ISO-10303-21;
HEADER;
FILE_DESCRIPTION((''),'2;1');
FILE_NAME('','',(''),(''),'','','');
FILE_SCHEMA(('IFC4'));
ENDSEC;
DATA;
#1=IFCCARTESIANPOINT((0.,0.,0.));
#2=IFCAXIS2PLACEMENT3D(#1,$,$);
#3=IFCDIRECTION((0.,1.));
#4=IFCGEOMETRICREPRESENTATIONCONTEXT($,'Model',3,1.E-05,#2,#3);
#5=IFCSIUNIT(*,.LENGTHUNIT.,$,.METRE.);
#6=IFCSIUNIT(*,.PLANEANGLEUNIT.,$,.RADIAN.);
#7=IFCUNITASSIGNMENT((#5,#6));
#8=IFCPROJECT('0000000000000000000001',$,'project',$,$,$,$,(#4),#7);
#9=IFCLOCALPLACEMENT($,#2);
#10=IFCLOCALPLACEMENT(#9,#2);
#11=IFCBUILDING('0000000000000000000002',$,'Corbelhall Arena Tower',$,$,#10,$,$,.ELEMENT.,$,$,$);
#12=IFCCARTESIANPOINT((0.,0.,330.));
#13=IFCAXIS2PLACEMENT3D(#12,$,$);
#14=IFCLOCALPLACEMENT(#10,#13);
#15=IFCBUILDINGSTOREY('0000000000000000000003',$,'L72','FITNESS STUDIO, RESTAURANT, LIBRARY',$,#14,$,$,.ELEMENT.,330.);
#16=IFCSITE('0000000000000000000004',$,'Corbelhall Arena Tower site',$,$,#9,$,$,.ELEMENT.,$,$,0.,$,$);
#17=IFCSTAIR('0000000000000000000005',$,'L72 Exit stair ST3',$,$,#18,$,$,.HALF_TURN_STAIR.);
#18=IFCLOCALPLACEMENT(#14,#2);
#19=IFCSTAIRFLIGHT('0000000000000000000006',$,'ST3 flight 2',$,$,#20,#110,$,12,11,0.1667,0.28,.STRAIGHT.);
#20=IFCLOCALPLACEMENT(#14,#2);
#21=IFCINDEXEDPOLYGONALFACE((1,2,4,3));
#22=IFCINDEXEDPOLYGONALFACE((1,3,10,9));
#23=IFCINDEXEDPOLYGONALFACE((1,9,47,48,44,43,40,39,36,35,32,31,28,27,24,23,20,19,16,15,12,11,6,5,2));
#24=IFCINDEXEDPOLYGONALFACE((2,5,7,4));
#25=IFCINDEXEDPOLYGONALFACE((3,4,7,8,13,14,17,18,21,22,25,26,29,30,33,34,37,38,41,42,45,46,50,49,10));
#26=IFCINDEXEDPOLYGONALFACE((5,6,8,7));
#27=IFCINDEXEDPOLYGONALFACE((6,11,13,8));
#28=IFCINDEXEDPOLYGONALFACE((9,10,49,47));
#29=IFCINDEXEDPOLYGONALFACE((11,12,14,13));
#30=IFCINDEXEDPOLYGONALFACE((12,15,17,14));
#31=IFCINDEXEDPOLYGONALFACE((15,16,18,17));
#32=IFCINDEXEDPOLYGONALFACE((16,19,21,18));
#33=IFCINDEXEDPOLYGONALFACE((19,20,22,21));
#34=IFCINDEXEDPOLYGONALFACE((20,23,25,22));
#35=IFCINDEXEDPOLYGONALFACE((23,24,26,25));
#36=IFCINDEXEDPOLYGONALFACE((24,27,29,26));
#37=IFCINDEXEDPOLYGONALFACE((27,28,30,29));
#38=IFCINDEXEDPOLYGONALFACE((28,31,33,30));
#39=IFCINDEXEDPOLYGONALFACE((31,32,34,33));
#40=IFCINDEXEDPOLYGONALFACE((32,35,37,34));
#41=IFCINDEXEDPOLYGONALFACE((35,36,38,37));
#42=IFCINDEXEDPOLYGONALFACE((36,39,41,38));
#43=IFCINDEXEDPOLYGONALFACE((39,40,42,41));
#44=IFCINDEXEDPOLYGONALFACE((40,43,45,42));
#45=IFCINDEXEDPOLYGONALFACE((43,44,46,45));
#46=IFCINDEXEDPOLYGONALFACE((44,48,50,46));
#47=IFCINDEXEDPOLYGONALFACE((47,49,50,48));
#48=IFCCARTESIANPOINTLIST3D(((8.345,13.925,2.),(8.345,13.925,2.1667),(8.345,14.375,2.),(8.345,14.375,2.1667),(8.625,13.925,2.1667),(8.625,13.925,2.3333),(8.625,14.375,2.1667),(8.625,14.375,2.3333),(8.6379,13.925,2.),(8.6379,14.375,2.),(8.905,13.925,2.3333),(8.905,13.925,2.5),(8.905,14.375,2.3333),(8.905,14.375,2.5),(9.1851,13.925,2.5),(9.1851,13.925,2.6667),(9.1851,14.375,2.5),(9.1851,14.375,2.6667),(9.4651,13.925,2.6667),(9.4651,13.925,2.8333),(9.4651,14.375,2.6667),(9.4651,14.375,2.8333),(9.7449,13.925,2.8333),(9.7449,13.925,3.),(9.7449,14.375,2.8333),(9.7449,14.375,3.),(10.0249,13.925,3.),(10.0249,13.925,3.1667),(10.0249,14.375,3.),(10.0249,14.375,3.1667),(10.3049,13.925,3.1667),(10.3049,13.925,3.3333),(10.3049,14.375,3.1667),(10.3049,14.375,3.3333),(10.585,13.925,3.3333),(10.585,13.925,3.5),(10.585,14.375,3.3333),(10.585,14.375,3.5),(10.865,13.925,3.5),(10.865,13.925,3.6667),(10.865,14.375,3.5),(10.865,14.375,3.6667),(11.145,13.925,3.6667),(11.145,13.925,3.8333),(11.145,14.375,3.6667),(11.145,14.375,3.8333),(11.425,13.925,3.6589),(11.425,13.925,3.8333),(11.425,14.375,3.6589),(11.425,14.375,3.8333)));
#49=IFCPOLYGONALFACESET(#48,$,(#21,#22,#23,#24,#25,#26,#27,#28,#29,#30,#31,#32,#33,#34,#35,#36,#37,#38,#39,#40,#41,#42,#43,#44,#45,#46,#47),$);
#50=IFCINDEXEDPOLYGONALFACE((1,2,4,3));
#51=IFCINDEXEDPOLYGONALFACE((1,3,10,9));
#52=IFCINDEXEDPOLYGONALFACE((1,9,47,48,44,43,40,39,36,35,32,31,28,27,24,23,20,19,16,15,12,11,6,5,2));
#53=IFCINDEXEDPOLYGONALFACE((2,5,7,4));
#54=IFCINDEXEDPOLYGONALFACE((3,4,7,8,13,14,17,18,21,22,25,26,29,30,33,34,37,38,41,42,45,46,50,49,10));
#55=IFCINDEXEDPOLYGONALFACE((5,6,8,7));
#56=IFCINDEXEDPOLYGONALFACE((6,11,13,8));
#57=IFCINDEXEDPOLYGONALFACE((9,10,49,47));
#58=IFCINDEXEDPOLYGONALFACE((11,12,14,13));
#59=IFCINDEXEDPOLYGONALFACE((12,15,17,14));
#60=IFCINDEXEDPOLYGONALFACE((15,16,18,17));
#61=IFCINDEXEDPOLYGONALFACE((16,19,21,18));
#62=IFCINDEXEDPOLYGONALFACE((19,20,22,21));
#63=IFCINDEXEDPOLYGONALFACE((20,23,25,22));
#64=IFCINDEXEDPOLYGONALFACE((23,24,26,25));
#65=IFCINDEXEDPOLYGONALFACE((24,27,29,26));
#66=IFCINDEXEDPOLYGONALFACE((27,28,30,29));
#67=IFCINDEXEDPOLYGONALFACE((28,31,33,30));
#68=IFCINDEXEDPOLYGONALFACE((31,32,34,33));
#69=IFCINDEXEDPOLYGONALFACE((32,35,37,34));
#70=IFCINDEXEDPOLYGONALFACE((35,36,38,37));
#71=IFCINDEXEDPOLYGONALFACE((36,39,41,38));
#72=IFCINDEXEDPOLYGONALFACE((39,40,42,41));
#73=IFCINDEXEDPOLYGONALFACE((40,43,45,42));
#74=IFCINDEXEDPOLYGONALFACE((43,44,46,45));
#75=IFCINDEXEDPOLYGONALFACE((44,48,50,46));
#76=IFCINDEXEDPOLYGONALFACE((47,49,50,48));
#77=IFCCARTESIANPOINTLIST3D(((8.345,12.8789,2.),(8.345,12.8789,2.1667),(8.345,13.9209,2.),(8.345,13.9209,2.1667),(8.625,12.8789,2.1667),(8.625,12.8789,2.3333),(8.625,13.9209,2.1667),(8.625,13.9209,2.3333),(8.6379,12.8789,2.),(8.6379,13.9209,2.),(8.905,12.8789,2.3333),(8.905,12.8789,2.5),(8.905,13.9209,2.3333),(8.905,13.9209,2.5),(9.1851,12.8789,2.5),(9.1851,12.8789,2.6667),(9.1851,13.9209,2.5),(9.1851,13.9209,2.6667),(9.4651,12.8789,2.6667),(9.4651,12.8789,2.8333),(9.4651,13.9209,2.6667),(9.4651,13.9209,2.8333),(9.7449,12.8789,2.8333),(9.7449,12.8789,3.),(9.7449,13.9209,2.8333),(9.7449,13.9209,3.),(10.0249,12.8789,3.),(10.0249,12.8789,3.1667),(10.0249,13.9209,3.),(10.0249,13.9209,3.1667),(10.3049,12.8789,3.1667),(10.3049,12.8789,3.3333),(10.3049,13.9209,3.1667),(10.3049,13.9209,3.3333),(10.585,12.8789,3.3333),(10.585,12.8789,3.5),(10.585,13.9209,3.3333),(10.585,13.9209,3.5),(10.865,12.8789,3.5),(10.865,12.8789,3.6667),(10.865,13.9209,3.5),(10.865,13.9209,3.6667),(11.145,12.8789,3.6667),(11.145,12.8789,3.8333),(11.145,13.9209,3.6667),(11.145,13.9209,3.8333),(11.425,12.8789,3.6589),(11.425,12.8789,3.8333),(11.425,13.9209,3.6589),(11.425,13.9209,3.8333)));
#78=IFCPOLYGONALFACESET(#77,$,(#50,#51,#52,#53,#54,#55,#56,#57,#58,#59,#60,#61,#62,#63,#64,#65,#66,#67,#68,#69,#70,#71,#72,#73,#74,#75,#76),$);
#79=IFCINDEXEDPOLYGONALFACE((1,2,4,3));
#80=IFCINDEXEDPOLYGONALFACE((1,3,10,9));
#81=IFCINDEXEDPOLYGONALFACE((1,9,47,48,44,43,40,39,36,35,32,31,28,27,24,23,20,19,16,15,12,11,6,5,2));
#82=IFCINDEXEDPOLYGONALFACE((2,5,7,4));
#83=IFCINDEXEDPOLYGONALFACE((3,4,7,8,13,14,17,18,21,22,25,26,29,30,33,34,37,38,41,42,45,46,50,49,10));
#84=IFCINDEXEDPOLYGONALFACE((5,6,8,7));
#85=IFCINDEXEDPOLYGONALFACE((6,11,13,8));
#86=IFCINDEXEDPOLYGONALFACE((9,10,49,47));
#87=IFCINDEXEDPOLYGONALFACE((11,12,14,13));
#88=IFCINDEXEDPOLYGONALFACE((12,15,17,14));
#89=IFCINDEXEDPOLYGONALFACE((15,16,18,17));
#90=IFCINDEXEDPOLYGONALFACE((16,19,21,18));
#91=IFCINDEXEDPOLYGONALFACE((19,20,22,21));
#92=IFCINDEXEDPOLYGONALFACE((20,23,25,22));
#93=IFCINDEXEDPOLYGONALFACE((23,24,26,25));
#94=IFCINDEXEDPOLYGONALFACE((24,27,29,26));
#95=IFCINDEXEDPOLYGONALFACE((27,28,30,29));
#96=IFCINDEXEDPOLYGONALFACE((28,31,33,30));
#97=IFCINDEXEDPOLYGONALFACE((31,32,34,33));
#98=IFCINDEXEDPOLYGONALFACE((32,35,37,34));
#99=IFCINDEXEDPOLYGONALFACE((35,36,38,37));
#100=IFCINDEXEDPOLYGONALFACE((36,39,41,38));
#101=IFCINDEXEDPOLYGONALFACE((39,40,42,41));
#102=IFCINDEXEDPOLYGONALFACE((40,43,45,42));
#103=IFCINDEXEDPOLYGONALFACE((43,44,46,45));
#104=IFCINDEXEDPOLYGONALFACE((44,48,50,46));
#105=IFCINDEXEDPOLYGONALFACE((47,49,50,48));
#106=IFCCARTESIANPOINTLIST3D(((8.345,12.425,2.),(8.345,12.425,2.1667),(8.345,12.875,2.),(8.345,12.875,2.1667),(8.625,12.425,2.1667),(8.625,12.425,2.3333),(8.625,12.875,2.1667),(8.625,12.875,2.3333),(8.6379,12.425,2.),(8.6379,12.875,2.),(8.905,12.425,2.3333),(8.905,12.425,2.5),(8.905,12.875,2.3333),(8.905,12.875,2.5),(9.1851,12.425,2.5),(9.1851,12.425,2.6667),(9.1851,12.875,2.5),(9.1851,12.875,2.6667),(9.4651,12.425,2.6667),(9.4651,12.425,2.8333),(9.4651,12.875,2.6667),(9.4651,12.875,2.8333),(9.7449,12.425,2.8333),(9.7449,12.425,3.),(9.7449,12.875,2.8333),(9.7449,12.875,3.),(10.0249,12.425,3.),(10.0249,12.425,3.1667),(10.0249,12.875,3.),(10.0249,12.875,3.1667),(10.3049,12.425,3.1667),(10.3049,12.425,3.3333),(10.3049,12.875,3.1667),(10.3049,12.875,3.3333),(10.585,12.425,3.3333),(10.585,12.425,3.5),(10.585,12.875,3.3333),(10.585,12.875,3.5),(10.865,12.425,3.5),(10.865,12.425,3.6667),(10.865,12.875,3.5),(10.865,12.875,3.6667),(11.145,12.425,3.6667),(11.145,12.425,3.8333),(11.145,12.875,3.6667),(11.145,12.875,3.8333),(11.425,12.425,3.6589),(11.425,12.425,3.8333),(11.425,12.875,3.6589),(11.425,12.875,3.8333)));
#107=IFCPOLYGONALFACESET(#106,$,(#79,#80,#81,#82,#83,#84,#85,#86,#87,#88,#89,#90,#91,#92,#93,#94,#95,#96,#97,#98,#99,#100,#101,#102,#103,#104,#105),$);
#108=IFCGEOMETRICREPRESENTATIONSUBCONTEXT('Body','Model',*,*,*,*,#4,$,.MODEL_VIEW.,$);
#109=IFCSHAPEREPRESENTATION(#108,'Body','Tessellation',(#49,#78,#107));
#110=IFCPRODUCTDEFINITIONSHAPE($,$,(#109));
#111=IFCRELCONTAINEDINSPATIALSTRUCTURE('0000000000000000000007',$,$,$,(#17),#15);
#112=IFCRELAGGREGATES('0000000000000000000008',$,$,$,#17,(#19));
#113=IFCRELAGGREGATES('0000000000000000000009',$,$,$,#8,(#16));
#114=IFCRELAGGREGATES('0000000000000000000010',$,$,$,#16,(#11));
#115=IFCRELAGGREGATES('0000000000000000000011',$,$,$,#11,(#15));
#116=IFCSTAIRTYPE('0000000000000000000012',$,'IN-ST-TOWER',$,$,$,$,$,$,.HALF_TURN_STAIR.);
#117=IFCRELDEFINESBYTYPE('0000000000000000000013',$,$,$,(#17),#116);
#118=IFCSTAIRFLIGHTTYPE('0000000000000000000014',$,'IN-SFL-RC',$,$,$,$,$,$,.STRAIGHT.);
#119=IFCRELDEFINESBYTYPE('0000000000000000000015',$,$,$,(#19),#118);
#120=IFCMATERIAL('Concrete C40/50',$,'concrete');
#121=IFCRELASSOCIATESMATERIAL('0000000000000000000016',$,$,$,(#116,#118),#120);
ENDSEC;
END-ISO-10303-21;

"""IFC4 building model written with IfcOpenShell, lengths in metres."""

from ifc_helpers import new_model, si_unit, direction, frame, origin, place, context, subcontext, project, spatial, polyline, outline, extrude, material, type_object, element, aggregate, save


model = new_model("IFC4")

# Units and contexts
model_context = context("Model", 3, precision=1e-05, world=origin(), true_north=direction((0.0, 1.0)))
body_context = subcontext(model_context, "Body", "Model", "MODEL_VIEW")
ifc_project = project(units=[si_unit("LENGTHUNIT", "METRE"), si_unit("PLANEANGLEUNIT", "RADIAN")], contexts=[model_context])

# Site, building, storey
site_placement = place(None, origin())
site = spatial("IfcSite", under=ifc_project, at=site_placement, Name="Corbelhall Arena Tower site", CompositionType="ELEMENT", RefElevation=0.0)
building_placement = place(site_placement, origin())
building = spatial("IfcBuilding", under=site, at=building_placement, Name="Corbelhall Arena Tower", CompositionType="ELEMENT")
storey_placement = place(building_placement, frame((0.0, 0.0, 330.0)))
storey = spatial("IfcBuildingStorey", under=building, at=storey_placement, Name="L72", Description="FITNESS STUDIO, RESTAURANT, LIBRARY", CompositionType="ELEMENT", Elevation=330.0)

# Shared definitions
ifc_material_1 = material(Name="Concrete C40/50", Category="concrete")

# Stair, stair flight
stair_type = type_object("IfcStairType", Name="IN-ST-TOWER", PredefinedType="HALF_TURN_STAIR", material=ifc_material_1)
stair_placement = place(storey_placement, origin())
stair = element("IfcStair", 1, at=stair_placement, inside=storey, type_object=stair_type, Name="L72 Exit stair ST3", PredefinedType="HALF_TURN_STAIR")
stair_flight_type = type_object("IfcStairFlightType", Name="IN-SFL-RC", PredefinedType="STRAIGHT", material=ifc_material_1)
stair_flight_1_placement = place(storey_placement, frame((8.345, 13.3999, 2.0), z_axis=(0.0, 0.0, 1.0), x_axis=(1.0, 0.0, 0.0)))
stair_flight_1 = element("IfcStairFlight", 2, at=stair_flight_1_placement, type_object=stair_flight_type, Name="ST3 flight 2", NumberOfRisers=12, NumberOfTreads=11, PredefinedType="STRAIGHT", RiserHeight=0.1667, TreadLength=0.28, context=body_context, shape_type="SweptSolid", body=[
    extrude(outline(polyline([(0.0, 0.0), (0.0, 0.1667), (0.28, 0.1667), (0.28, 0.3333), (0.5601, 0.3333), (0.5601, 0.5), (0.8401, 0.5), (0.8401, 0.6667), (1.1201, 0.6667), (1.1201, 0.8333), (1.3999, 0.8333), (1.3999, 1.0), (1.6799, 1.0), (1.6799, 1.1667), (1.96, 1.1667), (1.96, 1.3333), (2.24, 1.3333), (2.24, 1.5), (2.52, 1.5), (2.52, 1.6667), (2.8, 1.6667), (2.8, 1.8333), (3.0801, 1.8333), (3.0801, 2.0), (3.0801, 1.6589), (0.293, 0.0), (0.0, 0.0)])), frame((0.0, 0.9751, 0.0), z_axis=(0.0, -1.0, 0.0), x_axis=(1.0, 0.0, 0.0)), (0.0, 0.0, 1.0), 0.45),
    extrude(outline(polyline([(0.0, 0.0), (0.0, 0.1667), (0.28, 0.1667), (0.28, 0.3333), (0.5601, 0.3333), (0.5601, 0.5), (0.8401, 0.5), (0.8401, 0.6667), (1.1201, 0.6667), (1.1201, 0.8333), (1.3999, 0.8333), (1.3999, 1.0), (1.6799, 1.0), (1.6799, 1.1667), (1.96, 1.1667), (1.96, 1.3333), (2.24, 1.3333), (2.24, 1.5), (2.52, 1.5), (2.52, 1.6667), (2.8, 1.6667), (2.8, 1.8333), (3.0801, 1.8333), (3.0801, 2.0), (3.0801, 1.6589), (0.293, 0.0), (0.0, 0.0)])), frame((0.0, 0.521, 0.0), z_axis=(0.0, -1.0, 0.0), x_axis=(1.0, 0.0, 0.0)), (0.0, 0.0, 1.0), 1.042),
    extrude(outline(polyline([(0.0, 0.0), (0.0, 0.1667), (0.28, 0.1667), (0.28, 0.3333), (0.5601, 0.3333), (0.5601, 0.5), (0.8401, 0.5), (0.8401, 0.6667), (1.1201, 0.6667), (1.1201, 0.8333), (1.3999, 0.8333), (1.3999, 1.0), (1.6799, 1.0), (1.6799, 1.1667), (1.96, 1.1667), (1.96, 1.3333), (2.24, 1.3333), (2.24, 1.5), (2.52, 1.5), (2.52, 1.6667), (2.8, 1.6667), (2.8, 1.8333), (3.0801, 1.8333), (3.0801, 2.0), (3.0801, 1.6589), (0.293, 0.0), (0.0, 0.0)])), frame((0.0, -0.5249, 0.0), z_axis=(0.0, -1.0, 0.0), x_axis=(1.0, 0.0, 0.0)), (0.0, 0.0, 1.0), 0.45),
])
aggregate(stair, [stair_flight_1])

save(model, "model.ifc")
